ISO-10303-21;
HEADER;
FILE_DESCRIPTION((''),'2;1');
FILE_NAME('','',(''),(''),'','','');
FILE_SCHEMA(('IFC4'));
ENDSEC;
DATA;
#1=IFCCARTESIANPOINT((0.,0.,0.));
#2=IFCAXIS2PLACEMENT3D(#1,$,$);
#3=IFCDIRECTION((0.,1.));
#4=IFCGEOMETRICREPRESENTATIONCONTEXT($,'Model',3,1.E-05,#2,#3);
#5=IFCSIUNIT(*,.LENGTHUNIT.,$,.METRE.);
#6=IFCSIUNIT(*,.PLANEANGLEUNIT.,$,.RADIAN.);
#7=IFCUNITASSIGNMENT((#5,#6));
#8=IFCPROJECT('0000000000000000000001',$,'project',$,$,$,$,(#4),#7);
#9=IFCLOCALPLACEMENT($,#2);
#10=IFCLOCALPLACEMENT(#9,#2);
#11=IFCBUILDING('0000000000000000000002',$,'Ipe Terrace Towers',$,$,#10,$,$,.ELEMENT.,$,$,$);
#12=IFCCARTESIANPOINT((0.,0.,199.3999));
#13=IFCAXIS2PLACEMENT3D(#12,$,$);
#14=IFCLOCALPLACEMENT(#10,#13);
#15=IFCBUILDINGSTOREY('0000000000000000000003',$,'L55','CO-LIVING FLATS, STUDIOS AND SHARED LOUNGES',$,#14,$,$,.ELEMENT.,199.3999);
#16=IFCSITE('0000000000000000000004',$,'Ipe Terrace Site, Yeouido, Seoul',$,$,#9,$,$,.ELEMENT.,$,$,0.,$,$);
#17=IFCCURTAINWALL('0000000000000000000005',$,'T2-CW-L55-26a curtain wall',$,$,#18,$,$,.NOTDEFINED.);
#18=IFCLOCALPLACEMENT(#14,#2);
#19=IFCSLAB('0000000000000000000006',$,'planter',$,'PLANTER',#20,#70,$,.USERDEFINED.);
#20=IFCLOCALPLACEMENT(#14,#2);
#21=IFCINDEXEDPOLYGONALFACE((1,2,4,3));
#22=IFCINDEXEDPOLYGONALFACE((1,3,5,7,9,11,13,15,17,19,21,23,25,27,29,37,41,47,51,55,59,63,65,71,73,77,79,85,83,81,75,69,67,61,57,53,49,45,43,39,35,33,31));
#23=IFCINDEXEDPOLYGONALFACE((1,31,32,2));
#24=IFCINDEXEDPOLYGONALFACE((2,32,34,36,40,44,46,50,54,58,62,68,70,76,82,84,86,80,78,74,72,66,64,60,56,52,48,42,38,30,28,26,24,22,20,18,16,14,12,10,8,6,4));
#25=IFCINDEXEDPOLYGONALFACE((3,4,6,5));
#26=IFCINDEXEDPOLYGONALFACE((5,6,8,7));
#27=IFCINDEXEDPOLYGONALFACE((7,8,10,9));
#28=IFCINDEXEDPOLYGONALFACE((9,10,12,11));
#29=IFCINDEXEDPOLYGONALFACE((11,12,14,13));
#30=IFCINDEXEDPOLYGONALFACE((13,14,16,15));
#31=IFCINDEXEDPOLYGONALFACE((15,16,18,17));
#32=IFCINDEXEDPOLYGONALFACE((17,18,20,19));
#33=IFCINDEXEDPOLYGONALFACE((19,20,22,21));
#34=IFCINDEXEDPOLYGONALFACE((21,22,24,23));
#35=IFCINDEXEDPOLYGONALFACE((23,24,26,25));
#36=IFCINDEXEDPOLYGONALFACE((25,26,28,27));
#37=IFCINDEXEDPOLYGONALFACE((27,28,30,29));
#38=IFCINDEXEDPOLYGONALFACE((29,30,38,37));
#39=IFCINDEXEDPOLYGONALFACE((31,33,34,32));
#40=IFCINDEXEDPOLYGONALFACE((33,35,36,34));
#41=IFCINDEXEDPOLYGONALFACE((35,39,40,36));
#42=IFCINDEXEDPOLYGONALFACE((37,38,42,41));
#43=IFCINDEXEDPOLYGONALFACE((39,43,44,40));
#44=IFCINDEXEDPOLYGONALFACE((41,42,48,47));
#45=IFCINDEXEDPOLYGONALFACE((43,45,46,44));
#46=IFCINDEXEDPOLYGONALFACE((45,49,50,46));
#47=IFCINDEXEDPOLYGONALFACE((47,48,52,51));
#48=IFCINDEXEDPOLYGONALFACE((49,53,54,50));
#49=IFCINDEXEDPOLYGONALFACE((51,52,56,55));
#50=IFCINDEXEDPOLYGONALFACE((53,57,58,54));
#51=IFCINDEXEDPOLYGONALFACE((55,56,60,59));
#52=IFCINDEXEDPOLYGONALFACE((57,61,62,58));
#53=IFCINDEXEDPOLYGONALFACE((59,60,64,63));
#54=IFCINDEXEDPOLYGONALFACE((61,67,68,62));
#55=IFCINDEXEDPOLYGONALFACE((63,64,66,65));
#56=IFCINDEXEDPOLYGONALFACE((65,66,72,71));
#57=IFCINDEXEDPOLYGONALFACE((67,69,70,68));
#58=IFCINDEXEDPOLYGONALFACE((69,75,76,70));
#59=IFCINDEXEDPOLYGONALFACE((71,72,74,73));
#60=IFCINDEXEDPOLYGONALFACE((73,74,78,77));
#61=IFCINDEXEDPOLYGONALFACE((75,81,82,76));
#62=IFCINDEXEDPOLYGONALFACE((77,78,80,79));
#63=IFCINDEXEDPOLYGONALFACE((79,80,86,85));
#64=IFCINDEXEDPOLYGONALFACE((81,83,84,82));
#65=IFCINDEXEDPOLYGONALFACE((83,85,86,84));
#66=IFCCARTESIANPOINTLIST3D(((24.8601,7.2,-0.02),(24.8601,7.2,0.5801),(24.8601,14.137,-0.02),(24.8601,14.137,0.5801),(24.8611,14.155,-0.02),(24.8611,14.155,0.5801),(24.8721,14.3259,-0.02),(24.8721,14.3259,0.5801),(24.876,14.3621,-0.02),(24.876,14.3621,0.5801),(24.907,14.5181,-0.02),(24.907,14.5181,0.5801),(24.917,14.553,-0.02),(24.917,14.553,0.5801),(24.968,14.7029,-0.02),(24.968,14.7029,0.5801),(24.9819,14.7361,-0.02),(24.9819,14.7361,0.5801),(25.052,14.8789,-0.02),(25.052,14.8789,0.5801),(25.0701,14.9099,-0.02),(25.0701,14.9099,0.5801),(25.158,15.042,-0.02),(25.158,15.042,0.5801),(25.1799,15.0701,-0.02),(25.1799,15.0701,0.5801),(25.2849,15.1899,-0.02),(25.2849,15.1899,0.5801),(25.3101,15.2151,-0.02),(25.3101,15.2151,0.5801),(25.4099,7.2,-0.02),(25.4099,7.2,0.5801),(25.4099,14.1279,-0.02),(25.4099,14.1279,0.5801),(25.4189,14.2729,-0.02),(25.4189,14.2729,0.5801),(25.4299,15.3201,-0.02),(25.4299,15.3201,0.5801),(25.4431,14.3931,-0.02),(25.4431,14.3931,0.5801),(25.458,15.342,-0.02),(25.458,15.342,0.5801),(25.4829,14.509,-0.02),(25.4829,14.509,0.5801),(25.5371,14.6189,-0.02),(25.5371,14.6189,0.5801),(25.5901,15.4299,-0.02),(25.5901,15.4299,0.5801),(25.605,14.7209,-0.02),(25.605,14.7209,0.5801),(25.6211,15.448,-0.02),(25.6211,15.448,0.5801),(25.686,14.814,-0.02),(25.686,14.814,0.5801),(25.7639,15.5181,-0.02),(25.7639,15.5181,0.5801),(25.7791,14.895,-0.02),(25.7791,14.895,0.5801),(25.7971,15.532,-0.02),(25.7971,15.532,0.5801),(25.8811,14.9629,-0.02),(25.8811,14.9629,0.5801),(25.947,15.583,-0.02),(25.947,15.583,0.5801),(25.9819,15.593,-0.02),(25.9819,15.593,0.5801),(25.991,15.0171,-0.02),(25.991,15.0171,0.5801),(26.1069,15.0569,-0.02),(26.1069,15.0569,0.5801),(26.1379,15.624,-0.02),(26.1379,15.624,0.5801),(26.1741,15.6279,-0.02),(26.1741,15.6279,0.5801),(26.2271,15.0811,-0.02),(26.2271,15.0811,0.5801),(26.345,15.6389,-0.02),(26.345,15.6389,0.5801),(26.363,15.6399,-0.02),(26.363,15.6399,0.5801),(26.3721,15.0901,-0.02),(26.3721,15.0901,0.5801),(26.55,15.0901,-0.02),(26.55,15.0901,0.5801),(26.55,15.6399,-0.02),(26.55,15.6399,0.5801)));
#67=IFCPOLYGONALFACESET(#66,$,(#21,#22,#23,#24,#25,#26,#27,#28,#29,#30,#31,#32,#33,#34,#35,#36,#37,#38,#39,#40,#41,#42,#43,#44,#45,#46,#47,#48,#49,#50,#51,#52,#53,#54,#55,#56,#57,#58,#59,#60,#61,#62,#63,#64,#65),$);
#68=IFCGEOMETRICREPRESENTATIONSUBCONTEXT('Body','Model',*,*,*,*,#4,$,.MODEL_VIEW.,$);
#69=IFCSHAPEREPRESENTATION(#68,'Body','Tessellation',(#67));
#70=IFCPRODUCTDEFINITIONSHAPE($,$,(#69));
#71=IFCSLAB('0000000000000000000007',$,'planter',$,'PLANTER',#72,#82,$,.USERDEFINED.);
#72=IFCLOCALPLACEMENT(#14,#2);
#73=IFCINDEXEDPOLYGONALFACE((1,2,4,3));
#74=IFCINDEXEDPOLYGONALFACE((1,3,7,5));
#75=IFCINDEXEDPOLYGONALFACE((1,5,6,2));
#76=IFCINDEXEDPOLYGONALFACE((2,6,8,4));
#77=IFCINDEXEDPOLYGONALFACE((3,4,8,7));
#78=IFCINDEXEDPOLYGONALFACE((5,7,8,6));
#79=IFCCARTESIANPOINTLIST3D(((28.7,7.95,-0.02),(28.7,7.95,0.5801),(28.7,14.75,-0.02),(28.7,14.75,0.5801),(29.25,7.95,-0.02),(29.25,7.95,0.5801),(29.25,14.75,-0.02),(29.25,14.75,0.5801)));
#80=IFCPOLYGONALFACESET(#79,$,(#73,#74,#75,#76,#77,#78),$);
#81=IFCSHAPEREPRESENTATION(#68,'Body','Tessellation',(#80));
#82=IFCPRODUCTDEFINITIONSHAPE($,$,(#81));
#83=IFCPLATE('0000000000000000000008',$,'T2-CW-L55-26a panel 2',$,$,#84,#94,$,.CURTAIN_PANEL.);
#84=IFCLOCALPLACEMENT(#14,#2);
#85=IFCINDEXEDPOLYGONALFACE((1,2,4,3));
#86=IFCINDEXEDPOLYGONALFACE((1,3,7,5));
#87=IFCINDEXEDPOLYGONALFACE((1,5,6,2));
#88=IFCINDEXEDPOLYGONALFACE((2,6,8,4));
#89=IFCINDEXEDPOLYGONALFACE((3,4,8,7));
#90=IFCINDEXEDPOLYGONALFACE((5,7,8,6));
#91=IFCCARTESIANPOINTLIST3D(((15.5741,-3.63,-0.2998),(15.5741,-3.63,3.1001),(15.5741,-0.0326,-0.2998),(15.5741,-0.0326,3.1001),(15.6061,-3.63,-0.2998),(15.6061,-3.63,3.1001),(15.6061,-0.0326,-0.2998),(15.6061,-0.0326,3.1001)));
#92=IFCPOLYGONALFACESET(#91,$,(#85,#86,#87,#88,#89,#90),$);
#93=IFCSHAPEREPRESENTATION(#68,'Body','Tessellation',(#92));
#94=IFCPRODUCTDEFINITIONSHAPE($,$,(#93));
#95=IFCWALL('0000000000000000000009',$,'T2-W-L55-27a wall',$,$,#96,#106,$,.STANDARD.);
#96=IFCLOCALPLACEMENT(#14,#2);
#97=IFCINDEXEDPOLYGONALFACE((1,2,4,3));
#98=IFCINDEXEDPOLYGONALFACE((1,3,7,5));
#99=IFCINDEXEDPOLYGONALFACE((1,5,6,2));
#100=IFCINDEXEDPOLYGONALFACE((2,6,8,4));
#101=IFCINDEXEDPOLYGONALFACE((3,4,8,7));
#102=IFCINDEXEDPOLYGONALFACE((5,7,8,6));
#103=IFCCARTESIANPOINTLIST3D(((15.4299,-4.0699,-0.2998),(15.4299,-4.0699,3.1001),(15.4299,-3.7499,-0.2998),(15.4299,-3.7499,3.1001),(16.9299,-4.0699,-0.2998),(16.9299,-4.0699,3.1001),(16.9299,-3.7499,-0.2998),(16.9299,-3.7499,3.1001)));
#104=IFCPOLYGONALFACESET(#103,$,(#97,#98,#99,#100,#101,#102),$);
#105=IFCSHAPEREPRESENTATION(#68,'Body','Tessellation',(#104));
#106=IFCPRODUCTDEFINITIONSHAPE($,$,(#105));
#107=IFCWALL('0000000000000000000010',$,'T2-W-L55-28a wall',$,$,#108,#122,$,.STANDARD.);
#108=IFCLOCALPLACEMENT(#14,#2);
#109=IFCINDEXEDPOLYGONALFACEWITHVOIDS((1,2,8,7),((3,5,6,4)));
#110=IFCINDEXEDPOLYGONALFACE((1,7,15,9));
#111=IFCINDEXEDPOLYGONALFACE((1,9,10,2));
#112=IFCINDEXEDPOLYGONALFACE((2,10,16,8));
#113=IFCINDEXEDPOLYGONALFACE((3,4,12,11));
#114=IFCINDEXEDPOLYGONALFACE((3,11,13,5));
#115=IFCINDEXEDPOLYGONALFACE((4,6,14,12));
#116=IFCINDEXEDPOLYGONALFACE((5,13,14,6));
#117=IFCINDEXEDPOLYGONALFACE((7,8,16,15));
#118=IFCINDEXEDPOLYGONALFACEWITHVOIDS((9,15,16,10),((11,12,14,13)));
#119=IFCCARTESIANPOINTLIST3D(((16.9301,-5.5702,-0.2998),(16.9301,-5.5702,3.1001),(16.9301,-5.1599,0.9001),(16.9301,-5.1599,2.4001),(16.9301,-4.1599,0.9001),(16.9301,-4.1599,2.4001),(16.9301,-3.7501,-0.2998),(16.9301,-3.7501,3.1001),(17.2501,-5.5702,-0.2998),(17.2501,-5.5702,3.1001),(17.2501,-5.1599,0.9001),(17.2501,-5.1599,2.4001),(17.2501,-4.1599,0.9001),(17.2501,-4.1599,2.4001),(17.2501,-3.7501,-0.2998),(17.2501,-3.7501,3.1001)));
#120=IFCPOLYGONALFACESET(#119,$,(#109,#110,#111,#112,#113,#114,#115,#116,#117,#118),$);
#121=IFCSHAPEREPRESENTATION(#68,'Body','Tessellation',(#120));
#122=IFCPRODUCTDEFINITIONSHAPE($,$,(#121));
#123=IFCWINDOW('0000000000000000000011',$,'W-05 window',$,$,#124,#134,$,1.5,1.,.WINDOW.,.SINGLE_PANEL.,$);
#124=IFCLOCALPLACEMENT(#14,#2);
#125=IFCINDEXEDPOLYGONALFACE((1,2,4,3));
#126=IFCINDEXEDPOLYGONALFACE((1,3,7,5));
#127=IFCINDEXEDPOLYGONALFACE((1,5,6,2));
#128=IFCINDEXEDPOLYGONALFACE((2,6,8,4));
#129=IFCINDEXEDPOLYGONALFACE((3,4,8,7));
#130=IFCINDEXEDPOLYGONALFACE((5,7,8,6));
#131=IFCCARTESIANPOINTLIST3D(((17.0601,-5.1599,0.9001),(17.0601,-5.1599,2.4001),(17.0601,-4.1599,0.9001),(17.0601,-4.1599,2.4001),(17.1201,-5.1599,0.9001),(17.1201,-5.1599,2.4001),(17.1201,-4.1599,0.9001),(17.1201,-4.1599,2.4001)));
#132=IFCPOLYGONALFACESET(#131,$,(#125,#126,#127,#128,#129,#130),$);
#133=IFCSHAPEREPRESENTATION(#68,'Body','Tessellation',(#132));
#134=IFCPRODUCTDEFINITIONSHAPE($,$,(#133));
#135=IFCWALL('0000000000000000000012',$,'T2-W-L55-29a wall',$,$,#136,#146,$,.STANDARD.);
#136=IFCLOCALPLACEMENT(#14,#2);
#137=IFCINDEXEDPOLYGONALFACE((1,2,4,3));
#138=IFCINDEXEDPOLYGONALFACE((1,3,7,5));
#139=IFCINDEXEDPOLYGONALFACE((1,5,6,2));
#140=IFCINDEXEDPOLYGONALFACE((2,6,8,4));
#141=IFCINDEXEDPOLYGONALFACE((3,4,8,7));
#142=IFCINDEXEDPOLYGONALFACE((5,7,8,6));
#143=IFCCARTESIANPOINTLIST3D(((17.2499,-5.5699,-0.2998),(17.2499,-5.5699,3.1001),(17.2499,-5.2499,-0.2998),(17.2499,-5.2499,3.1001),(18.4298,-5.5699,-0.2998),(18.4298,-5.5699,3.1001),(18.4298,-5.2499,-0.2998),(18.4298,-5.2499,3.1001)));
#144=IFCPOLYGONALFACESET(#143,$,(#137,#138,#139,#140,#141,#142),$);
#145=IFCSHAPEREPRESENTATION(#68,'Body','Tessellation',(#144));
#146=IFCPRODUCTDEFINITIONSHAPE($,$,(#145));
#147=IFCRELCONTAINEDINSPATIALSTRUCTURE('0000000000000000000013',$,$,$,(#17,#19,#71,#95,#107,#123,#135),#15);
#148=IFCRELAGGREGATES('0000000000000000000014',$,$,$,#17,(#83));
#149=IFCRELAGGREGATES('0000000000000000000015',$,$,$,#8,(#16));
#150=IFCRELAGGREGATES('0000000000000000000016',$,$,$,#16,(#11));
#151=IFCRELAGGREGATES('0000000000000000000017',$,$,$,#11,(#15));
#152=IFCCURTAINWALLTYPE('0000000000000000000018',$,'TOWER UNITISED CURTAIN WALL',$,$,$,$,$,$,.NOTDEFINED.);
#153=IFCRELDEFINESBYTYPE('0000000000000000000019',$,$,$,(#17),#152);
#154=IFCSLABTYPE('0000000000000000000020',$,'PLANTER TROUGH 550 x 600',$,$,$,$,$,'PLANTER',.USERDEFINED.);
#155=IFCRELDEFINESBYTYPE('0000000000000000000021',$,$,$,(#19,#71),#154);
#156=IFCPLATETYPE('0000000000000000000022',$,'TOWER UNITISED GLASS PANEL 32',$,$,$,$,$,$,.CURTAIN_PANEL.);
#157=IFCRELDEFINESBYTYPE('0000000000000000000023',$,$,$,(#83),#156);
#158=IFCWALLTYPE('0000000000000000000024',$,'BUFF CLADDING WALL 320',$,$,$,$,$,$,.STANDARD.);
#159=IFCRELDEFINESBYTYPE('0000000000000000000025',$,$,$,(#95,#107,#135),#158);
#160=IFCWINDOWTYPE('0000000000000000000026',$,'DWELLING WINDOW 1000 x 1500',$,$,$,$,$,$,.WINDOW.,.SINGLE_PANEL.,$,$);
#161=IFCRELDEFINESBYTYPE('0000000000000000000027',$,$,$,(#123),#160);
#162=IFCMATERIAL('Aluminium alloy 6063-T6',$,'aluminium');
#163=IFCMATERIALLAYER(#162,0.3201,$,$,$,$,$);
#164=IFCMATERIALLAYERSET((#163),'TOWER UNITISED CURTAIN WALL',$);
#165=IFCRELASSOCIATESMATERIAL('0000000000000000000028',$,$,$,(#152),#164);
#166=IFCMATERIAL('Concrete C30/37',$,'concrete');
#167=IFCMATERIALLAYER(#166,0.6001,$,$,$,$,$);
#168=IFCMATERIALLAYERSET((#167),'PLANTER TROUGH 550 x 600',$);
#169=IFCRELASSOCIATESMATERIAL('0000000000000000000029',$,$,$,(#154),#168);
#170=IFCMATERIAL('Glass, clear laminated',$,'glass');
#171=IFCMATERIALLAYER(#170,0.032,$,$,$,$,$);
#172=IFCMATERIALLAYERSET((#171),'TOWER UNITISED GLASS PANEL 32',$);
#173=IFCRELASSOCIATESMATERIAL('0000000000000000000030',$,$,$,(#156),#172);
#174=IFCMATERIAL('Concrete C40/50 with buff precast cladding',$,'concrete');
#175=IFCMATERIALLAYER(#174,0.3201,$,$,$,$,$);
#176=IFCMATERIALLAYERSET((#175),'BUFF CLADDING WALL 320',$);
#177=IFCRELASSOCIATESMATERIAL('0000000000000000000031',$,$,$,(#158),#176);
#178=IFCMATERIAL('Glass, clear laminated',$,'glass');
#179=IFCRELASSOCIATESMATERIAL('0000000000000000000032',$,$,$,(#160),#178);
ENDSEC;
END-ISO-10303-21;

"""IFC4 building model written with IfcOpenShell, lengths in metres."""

from ifc_helpers import new_model, si_unit, direction, frame, frame_2d, origin, origin_2d, place, context, subcontext, project, spatial, polyline, rectangle, outline, extrude, material, layer, layer_set, type_object, element, fill, aggregate, save


model = new_model("IFC4")

# Units and contexts
model_context = context("Model", 3, precision=1e-05, world=origin(), true_north=direction((0.0, 1.0)))
body_context = subcontext(model_context, "Body", "Model", "MODEL_VIEW")
ifc_project = project(units=[si_unit("LENGTHUNIT", "METRE"), si_unit("PLANEANGLEUNIT", "RADIAN")], contexts=[model_context])

# Site, building, storey
site_placement = place(None, origin())
site = spatial("IfcSite", under=ifc_project, at=site_placement, Name="Ipe Terrace Site, Yeouido, Seoul", CompositionType="ELEMENT", RefElevation=0.0)
building_placement = place(site_placement, origin())
building = spatial("IfcBuilding", under=site, at=building_placement, Name="Ipe Terrace Towers", CompositionType="ELEMENT")
storey_placement = place(building_placement, frame((0.0, 0.0, 199.3999)))
storey = spatial("IfcBuildingStorey", under=building, at=storey_placement, Name="L55", Description="CO-LIVING FLATS, STUDIOS AND SHARED LOUNGES", CompositionType="ELEMENT", Elevation=199.3999)

# Curtain wall
ifc_material_1 = material(Name="Aluminium alloy 6063-T6", Category="aluminium")
ifc_layer_1 = layer(ifc_material_1, 0.3201)
ifc_layer_set_1 = layer_set([ifc_layer_1], Name="TOWER UNITISED CURTAIN WALL")
curtain_wall_type = type_object("IfcCurtainWallType", Name="TOWER UNITISED CURTAIN WALL", PredefinedType="NOTDEFINED", material=ifc_layer_set_1)
curtain_wall_placement = place(storey_placement, origin())
curtain_wall = element("IfcCurtainWall", 1, at=curtain_wall_placement, inside=storey, type_object=curtain_wall_type, Name="T2-CW-L55-26a curtain wall", PredefinedType="NOTDEFINED")

# Slabs
ifc_material_2 = material(Name="Concrete C30/37", Category="concrete")
ifc_layer_2 = layer(ifc_material_2, 0.6001)
ifc_layer_set_2 = layer_set([ifc_layer_2], Name="PLANTER TROUGH 550 x 600")
slab_type_1 = type_object("IfcSlabType", Name="PLANTER TROUGH 550 x 600", ElementType="PLANTER", PredefinedType="USERDEFINED", material=ifc_layer_set_2)
slab_1_placement = place(storey_placement, frame((0.0, 0.0, -0.02)))
element("IfcSlab", 2, at=slab_1_placement, inside=storey, type_object=slab_type_1, Name="planter", ObjectType="PLANTER", PredefinedType="USERDEFINED", context=body_context, shape_type="SweptSolid", body=[
    extrude(outline(polyline([(26.1069, 15.0569), (26.2271, 15.0811), (26.3721, 15.0901), (26.55, 15.0901), (26.55, 15.6399), (26.363, 15.6399), (26.345, 15.6389), (26.1741, 15.6279), (26.1379, 15.624), (25.9819, 15.593), (25.947, 15.583), (25.7971, 15.532), (25.7639, 15.5181), (25.6211, 15.448), (25.5901, 15.4299), (25.458, 15.342), (25.4299, 15.3201), (25.3101, 15.2151), (25.2849, 15.1899), (25.1799, 15.0701), (25.158, 15.042), (25.0701, 14.9099), (25.052, 14.8789), (24.9819, 14.7361), (24.968, 14.7029), (24.917, 14.553), (24.907, 14.5181), (24.876, 14.3621), (24.8721, 14.3259), (24.8611, 14.155), (24.8601, 14.137), (24.8601, 7.2), (25.4099, 7.2), (25.4099, 14.1279), (25.4189, 14.2729), (25.4431, 14.3931), (25.4829, 14.509), (25.5371, 14.6189), (25.605, 14.7209), (25.686, 14.814), (25.7791, 14.895), (25.8811, 14.9629), (25.991, 15.0171), (26.1069, 15.0569)])), origin(), (0.0, 0.0, 1.0), 0.6001),
])
slab_2_placement = place(storey_placement, frame((0.0, 0.0, -0.02)))
element("IfcSlab", 3, at=slab_2_placement, inside=storey, type_object=slab_type_1, Name="planter", ObjectType="PLANTER", PredefinedType="USERDEFINED", context=body_context, shape_type="SweptSolid", body=[
    extrude(outline(polyline([(29.25, 7.95), (29.25, 14.75), (28.7, 14.75), (28.7, 7.95), (29.25, 7.95)])), origin(), (0.0, 0.0, 1.0), 0.6001),
])

# Plate
ifc_material_3 = material(Name="Glass, clear laminated", Category="glass")
ifc_layer_3 = layer(ifc_material_3, 0.032)
ifc_layer_set_3 = layer_set([ifc_layer_3], Name="TOWER UNITISED GLASS PANEL 32")
plate_type = type_object("IfcPlateType", Name="TOWER UNITISED GLASS PANEL 32", PredefinedType="CURTAIN_PANEL", material=ifc_layer_set_3)
plate_placement = place(storey_placement, frame((15.5901, -1.8313, -0.2998), z_axis=(0.0, 0.0, 1.0), x_axis=(0.0, -1.0, 0.0)))
plate = element("IfcPlate", 4, at=plate_placement, type_object=plate_type, Name="T2-CW-L55-26a panel 2", PredefinedType="CURTAIN_PANEL", context=body_context, shape_type="SweptSolid", body=[
    extrude(rectangle(XDim=3.5974, YDim=0.032, at=origin_2d()), origin(), (0.0, 0.0, 1.0), 3.3999),
])
aggregate(curtain_wall, [plate])

# Wall
ifc_material_4 = material(Name="Concrete C40/50 with buff precast cladding", Category="concrete")
ifc_layer_4 = layer(ifc_material_4, 0.3201)
ifc_layer_set_4 = layer_set([ifc_layer_4], Name="BUFF CLADDING WALL 320")
wall_type = type_object("IfcWallType", Name="BUFF CLADDING WALL 320", PredefinedType="STANDARD", material=ifc_layer_set_4)
wall_1_placement = place(storey_placement, frame((15.4299, -3.9099, -0.2998), z_axis=(0.0, 0.0, 1.0), x_axis=(1.0, 0.0, 0.0)))
element("IfcWall", 5, at=wall_1_placement, inside=storey, type_object=wall_type, Name="T2-W-L55-27a wall", PredefinedType="STANDARD", context=body_context, shape_type="SweptSolid", body=[
    extrude(rectangle(XDim=1.5, YDim=0.3201, at=frame_2d((0.75, 0.0))), origin(), (0.0, 0.0, 1.0), 3.3999),
])

# Wall, opening, window
wall_2_placement = place(storey_placement, frame((17.0901, -3.75, -0.2998), z_axis=(0.0, 0.0, 1.0), x_axis=(0.0, -1.0, 0.0)))
wall_2 = element("IfcWall", 6, at=wall_2_placement, inside=storey, type_object=wall_type, Name="T2-W-L55-28a wall", PredefinedType="STANDARD", context=body_context, shape_type="SweptSolid", body=[
    extrude(rectangle(XDim=1.8201, YDim=0.3201, at=frame_2d((0.9102, 0.0))), origin(), (0.0, 0.0, 1.0), 3.3999),
])
opening_placement = place(wall_2_placement, frame((0.4099, 0.0, 1.2)))
opening = element("IfcOpeningElement", 7, at=opening_placement, cuts=wall_2, PredefinedType="OPENING", context=body_context, shape_type="SweptSolid", body=[
    extrude(rectangle(XDim=1.0, YDim=1.5, at=frame_2d((0.5, 0.75))), frame((0.0, 0.1699, 0.0), z_axis=(0.0, -1.0, 0.0), x_axis=(1.0, 0.0, 0.0)), (0.0, 0.0, 1.0), 0.3401),
])
ifc_material_5 = material(Name="Glass, clear laminated", Category="glass")
window_type = type_object("IfcWindowType", Name="DWELLING WINDOW 1000 x 1500", PartitioningType="SINGLE_PANEL", PredefinedType="WINDOW", material=ifc_material_5)
window_placement = place(opening_placement, origin())
window = element("IfcWindow", 8, at=window_placement, inside=storey, type_object=window_type, Name="W-05 window", OverallHeight=1.5, OverallWidth=1.0, PartitioningType="SINGLE_PANEL", PredefinedType="WINDOW", context=body_context, shape_type="SweptSolid", body=[
    extrude(rectangle(XDim=1.0, YDim=1.5, at=frame_2d((0.5, 0.75))), frame((0.0, 0.03, 0.0), z_axis=(0.0, -1.0, 0.0), x_axis=(1.0, 0.0, 0.0)), (0.0, 0.0, 1.0), 0.0601),
])
fill(opening, window)

# Wall
wall_3_placement = place(storey_placement, frame((17.25, -5.4099, -0.2998), z_axis=(0.0, 0.0, 1.0), x_axis=(1.0, 0.0, 0.0)))
element("IfcWall", 9, at=wall_3_placement, inside=storey, type_object=wall_type, Name="T2-W-L55-29a wall", PredefinedType="STANDARD", context=body_context, shape_type="SweptSolid", body=[
    extrude(rectangle(XDim=1.1799, YDim=0.3201, at=frame_2d((0.5898, 0.0))), origin(), (0.0, 0.0, 1.0), 3.3999),
])

save(model, "model.ifc")
